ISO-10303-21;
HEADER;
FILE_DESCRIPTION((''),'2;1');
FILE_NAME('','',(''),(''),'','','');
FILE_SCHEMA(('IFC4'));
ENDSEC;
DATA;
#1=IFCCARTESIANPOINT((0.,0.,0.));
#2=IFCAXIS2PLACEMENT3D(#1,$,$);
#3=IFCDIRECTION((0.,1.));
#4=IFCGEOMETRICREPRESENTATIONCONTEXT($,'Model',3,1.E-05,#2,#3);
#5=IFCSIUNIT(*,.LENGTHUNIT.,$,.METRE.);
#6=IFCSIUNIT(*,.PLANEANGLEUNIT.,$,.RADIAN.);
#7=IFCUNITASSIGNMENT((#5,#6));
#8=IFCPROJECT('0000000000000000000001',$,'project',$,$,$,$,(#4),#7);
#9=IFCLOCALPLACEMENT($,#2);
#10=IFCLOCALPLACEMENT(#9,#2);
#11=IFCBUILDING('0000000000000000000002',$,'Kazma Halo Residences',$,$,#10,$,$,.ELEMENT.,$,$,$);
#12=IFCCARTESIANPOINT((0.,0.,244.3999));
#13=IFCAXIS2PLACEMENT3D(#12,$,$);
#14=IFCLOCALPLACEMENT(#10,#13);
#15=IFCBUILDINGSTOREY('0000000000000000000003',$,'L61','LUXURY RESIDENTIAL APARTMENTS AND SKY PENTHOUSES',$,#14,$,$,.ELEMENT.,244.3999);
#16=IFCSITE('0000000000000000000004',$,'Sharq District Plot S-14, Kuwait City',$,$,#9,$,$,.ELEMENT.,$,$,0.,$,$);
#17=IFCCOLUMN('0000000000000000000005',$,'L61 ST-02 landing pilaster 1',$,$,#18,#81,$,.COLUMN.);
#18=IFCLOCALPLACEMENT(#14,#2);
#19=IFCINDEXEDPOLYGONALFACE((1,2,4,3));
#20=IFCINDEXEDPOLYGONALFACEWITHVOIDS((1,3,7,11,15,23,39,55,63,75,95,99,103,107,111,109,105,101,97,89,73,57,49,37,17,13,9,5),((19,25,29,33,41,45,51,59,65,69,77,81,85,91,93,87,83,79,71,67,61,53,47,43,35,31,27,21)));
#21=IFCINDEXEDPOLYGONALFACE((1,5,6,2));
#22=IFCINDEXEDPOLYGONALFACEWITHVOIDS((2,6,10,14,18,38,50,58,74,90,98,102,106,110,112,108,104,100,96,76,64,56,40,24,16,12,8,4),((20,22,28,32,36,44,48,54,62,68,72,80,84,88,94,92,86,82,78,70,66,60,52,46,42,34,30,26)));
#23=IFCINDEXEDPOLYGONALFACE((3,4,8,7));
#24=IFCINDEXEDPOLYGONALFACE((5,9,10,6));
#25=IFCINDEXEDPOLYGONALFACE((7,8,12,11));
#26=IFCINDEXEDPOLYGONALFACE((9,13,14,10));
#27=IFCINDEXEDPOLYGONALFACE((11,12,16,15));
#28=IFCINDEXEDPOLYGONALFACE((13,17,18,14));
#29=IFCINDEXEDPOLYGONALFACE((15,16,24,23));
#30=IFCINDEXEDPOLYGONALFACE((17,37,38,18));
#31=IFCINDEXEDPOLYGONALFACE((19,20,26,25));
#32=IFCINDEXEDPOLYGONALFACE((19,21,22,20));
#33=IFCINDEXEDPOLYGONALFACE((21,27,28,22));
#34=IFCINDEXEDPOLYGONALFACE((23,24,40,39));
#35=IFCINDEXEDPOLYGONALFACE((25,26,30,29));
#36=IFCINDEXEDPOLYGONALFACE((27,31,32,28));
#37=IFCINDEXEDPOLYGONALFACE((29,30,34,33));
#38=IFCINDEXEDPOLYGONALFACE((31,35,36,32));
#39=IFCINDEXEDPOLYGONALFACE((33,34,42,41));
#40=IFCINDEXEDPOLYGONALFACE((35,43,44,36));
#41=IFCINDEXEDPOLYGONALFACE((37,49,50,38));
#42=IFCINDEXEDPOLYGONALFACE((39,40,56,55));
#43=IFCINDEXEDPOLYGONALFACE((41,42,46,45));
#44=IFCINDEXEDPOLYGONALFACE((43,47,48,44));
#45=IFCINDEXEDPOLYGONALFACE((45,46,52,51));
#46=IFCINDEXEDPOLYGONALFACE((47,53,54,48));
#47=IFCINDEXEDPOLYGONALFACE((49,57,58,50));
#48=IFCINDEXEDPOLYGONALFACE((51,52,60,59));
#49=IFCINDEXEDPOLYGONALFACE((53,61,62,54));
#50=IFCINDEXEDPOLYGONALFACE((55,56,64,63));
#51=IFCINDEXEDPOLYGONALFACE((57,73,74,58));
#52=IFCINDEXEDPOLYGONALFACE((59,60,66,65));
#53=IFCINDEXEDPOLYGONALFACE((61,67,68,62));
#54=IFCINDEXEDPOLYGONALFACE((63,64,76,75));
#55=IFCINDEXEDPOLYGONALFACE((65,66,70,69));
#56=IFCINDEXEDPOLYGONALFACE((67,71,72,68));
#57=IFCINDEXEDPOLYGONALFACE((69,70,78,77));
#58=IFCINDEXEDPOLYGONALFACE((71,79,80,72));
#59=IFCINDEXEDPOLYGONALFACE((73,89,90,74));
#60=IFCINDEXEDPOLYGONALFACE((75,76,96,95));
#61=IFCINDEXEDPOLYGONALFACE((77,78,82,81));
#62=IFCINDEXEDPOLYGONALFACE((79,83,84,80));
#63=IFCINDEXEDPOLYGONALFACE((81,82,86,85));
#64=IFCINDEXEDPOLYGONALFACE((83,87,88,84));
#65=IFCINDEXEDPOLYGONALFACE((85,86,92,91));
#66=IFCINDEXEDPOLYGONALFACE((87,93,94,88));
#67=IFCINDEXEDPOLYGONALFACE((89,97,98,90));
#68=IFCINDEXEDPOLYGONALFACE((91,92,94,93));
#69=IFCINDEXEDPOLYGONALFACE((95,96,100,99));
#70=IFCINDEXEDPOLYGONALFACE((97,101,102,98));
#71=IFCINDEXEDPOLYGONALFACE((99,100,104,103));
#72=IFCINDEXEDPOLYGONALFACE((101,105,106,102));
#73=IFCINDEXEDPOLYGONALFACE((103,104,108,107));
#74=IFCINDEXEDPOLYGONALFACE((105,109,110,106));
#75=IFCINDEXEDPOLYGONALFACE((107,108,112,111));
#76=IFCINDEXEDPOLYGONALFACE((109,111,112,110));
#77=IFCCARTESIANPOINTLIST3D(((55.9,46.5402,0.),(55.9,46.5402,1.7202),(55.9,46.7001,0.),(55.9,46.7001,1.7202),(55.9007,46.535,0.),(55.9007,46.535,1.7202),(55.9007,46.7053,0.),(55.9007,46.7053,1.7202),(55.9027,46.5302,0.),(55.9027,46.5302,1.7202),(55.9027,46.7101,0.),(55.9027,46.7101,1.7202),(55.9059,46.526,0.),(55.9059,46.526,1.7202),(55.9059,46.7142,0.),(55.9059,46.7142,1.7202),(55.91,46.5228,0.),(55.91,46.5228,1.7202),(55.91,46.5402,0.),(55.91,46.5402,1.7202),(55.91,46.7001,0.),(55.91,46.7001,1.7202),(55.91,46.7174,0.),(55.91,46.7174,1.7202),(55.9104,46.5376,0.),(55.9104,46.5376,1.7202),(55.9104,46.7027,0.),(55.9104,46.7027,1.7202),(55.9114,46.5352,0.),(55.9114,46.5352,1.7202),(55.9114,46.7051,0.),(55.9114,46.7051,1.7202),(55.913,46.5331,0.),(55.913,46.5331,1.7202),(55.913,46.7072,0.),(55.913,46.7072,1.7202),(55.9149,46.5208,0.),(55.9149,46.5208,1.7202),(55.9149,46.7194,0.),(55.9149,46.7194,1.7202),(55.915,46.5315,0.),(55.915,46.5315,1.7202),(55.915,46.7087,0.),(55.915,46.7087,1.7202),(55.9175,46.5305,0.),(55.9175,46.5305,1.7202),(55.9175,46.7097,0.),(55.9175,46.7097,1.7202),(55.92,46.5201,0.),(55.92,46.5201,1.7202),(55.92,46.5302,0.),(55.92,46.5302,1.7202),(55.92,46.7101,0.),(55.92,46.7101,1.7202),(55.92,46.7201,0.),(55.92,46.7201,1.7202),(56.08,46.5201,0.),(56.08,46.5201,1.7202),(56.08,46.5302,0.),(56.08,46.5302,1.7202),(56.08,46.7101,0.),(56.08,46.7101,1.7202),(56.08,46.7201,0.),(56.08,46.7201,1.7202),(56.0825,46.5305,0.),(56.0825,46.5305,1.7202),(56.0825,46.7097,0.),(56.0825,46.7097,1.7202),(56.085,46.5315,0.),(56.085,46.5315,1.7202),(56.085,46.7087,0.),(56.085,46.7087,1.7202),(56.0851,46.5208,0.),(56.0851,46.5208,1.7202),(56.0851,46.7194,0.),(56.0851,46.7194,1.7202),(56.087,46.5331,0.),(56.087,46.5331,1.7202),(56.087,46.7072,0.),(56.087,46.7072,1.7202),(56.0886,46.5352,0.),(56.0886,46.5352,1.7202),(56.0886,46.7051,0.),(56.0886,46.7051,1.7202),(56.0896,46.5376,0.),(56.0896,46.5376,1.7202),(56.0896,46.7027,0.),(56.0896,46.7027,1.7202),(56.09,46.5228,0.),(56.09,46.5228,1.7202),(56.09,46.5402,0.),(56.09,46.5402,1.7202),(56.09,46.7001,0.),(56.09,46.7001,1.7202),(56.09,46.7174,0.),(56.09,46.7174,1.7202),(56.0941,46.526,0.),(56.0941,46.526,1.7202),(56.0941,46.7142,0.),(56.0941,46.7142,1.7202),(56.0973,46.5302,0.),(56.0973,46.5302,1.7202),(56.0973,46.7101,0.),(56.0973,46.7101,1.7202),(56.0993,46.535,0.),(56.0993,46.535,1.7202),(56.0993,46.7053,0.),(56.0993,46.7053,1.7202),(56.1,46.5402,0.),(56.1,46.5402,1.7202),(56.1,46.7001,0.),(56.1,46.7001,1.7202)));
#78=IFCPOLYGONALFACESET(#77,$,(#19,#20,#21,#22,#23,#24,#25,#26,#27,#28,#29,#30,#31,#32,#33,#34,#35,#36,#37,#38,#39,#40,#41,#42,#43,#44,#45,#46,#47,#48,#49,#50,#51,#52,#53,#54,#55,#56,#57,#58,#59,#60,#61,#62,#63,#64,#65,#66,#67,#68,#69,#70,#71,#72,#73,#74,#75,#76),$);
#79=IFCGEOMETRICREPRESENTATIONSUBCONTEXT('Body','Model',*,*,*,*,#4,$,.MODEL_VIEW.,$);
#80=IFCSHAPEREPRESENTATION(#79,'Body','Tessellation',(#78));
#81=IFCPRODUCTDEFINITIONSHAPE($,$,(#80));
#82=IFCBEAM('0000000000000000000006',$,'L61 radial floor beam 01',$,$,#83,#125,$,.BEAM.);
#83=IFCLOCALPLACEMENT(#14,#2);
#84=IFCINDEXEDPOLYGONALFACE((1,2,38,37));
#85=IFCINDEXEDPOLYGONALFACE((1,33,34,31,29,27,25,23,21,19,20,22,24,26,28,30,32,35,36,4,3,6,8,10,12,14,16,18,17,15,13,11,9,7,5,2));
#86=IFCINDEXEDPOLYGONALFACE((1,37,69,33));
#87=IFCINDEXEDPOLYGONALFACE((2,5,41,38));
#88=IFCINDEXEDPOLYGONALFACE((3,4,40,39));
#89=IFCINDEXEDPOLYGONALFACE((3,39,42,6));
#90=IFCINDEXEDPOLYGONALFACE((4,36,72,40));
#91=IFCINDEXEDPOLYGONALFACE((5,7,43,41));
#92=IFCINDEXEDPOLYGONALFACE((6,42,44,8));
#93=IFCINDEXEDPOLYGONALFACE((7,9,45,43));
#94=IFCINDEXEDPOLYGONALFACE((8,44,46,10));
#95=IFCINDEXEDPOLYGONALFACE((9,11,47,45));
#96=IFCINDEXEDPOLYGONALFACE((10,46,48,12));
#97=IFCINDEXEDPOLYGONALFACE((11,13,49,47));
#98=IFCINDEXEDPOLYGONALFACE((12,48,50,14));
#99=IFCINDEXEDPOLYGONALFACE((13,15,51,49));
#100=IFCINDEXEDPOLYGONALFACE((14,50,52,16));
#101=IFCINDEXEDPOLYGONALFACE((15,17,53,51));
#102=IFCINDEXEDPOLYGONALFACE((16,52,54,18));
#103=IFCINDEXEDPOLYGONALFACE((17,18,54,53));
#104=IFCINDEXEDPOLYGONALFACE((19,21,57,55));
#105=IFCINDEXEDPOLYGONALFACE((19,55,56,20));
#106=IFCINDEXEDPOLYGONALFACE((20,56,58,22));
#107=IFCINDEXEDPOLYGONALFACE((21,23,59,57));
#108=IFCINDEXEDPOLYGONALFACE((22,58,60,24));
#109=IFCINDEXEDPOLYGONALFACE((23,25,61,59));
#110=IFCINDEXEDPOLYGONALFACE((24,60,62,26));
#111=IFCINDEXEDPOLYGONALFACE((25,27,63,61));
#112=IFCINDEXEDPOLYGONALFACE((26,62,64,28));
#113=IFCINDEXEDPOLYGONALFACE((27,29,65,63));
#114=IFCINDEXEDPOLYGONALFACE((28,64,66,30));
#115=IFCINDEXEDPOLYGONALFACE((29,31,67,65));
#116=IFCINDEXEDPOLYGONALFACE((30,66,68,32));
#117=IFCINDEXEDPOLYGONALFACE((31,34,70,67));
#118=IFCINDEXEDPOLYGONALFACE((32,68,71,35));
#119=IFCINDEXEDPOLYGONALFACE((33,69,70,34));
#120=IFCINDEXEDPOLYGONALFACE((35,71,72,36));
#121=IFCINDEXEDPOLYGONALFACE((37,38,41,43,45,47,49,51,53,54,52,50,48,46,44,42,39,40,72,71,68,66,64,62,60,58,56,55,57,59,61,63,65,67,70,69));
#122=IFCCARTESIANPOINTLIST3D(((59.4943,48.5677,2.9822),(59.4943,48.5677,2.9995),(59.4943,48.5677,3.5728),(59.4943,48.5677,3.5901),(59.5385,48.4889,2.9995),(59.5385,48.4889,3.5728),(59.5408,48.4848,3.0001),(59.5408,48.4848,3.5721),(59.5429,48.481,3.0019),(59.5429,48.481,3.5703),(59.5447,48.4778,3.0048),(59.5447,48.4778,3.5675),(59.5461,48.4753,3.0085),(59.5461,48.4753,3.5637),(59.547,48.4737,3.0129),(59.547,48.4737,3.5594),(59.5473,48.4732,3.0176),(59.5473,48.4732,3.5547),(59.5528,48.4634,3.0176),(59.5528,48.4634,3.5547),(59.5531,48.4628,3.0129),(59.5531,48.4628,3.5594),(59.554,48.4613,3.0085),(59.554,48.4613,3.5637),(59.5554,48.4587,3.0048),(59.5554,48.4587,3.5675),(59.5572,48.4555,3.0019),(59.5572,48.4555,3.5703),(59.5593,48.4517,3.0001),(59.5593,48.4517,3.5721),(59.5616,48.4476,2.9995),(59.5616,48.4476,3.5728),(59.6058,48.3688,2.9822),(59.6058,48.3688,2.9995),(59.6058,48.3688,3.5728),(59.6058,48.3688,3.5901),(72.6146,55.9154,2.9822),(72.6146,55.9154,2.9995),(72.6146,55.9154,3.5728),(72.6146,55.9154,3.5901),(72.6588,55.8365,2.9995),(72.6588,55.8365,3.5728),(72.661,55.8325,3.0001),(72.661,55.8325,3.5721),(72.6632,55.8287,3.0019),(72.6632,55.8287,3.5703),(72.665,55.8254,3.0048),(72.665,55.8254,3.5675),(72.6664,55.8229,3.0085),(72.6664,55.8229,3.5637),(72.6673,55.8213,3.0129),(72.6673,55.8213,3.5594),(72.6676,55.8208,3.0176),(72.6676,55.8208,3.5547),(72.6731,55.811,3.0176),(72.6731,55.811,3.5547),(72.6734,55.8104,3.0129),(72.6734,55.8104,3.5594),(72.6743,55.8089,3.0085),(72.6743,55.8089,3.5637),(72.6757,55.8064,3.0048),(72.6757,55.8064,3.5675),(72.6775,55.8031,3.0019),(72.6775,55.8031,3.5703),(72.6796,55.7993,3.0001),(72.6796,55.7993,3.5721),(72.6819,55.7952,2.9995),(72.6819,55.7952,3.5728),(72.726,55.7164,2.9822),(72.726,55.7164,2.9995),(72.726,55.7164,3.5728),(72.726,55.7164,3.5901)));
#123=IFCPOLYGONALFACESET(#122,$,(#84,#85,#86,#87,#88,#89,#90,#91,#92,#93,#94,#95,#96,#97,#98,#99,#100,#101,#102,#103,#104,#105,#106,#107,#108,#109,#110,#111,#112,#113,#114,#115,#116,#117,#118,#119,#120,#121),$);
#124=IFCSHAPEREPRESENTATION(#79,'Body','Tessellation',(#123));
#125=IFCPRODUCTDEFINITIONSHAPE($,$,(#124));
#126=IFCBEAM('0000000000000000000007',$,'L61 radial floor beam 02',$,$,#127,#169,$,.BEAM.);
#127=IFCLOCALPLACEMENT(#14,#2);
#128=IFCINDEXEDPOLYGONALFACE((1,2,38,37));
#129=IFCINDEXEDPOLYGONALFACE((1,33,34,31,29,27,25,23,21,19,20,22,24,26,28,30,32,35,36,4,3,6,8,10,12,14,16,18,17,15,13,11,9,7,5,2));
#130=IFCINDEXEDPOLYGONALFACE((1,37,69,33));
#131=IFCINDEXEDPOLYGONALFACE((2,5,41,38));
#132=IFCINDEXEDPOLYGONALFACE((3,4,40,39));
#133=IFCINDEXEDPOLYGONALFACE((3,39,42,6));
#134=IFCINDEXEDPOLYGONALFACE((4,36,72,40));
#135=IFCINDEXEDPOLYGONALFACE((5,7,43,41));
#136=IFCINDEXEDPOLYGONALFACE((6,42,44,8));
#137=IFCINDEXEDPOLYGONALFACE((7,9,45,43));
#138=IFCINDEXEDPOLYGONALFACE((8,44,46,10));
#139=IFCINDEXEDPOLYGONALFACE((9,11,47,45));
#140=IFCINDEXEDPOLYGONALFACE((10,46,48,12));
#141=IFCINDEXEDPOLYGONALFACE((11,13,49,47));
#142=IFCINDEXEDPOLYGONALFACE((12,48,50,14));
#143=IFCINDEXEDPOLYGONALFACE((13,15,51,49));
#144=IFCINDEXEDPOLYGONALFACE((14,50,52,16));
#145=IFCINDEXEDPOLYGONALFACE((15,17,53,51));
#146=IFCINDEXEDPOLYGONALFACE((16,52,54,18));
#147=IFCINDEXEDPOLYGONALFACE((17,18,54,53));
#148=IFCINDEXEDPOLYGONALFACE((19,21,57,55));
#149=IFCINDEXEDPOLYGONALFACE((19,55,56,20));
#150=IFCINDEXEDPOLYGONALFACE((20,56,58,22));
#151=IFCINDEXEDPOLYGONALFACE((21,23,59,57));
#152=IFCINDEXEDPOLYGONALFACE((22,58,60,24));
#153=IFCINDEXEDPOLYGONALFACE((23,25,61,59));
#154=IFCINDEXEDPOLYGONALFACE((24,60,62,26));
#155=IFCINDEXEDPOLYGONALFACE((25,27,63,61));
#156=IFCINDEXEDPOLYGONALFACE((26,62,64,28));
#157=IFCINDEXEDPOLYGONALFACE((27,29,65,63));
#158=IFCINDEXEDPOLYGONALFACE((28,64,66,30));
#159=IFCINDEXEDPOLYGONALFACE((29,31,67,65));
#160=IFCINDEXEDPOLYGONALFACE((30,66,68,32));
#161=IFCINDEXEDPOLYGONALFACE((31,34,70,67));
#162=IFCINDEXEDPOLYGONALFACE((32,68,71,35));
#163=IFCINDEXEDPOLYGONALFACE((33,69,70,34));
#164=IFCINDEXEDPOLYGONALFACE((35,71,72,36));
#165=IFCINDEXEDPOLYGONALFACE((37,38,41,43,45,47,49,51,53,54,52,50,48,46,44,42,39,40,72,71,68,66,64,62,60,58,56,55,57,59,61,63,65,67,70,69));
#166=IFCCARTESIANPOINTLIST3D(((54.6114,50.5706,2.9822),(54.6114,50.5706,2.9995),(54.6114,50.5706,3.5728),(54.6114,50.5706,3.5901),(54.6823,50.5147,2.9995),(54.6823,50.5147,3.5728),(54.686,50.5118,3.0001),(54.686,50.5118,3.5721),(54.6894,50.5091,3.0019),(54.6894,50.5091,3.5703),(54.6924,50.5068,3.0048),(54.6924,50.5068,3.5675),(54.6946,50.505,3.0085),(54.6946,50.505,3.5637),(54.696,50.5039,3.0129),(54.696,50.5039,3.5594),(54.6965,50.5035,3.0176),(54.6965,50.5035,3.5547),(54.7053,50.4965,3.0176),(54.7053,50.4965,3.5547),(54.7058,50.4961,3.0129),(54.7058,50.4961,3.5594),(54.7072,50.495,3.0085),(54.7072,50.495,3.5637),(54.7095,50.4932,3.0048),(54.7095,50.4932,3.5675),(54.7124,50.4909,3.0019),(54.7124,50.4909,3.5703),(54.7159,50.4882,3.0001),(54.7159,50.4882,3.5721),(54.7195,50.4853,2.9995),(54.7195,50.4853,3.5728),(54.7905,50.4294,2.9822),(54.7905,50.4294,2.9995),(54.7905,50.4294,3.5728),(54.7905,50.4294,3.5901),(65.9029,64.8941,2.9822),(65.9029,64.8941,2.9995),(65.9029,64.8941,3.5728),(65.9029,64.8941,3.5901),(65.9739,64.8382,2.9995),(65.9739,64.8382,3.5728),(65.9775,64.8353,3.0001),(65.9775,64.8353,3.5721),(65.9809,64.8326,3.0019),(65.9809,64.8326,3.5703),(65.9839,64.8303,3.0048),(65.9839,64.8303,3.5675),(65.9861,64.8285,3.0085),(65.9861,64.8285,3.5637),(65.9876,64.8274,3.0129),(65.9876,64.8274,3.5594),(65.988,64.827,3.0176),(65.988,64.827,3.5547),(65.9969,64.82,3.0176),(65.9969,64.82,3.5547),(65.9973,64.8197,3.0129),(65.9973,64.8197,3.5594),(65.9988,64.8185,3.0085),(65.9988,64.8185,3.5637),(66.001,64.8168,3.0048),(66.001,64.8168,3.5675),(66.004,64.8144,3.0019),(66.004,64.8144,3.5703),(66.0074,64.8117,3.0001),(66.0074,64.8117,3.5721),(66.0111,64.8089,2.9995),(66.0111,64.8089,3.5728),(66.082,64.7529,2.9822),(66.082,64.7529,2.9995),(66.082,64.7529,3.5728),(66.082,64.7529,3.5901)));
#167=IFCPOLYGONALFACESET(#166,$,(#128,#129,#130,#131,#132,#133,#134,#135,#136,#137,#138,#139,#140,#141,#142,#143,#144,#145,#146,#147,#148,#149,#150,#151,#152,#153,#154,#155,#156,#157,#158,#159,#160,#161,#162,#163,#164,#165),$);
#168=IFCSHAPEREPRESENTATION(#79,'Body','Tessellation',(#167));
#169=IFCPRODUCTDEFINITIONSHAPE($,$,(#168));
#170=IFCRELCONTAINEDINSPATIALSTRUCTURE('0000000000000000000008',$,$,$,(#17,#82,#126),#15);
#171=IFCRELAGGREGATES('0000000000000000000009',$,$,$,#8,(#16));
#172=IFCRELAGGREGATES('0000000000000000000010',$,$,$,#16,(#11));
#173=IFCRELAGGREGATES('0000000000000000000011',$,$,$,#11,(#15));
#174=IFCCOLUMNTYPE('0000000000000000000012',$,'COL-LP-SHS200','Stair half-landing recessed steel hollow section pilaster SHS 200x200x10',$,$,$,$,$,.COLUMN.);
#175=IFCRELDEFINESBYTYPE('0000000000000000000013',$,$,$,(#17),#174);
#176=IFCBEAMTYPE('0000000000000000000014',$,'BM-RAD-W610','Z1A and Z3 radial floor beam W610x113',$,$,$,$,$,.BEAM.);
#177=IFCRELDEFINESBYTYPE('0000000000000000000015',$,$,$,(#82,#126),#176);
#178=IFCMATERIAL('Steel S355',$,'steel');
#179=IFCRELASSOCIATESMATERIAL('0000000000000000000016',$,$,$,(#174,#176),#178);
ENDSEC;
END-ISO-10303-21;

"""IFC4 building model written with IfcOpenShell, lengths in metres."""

from ifc_helpers import new_model, si_unit, direction, frame, origin, origin_2d, place, context, subcontext, project, spatial, hollow_rectangle, i_section, extrude, material, material_profile, profile_set, type_object, element, save


model = new_model("IFC4")

# Units and contexts
model_context = context("Model", 3, precision=1e-05, world=origin(), true_north=direction((0.0, 1.0)))
body_context = subcontext(model_context, "Body", "Model", "MODEL_VIEW")
ifc_project = project(units=[si_unit("LENGTHUNIT", "METRE"), si_unit("PLANEANGLEUNIT", "RADIAN")], contexts=[model_context])

# Site, building, storey
site_placement = place(None, origin())
site = spatial("IfcSite", under=ifc_project, at=site_placement, Name="Sharq District Plot S-14, Kuwait City", CompositionType="ELEMENT", RefElevation=0.0)
building_placement = place(site_placement, origin())
building = spatial("IfcBuilding", under=site, at=building_placement, Name="Kazma Halo Residences", CompositionType="ELEMENT")
storey_placement = place(building_placement, frame((0.0, 0.0, 244.3999)))
storey = spatial("IfcBuildingStorey", under=building, at=storey_placement, Name="L61", Description="LUXURY RESIDENTIAL APARTMENTS AND SKY PENTHOUSES", CompositionType="ELEMENT", Elevation=244.3999)

# Column
ifc_material_1 = material(Name="Steel S355", Category="steel")
ifc_material_profile_1 = material_profile(ifc_material_1, hollow_rectangle(XDim=0.2, YDim=0.2, WallThickness=0.01, InnerFilletRadius=0.01, OuterFilletRadius=0.02, at=origin_2d()), Name="SHS200x200x10")
ifc_profile_set_1 = profile_set([ifc_material_profile_1], Name="Steel S355")
column_type = type_object("IfcColumnType", Name="COL-LP-SHS200", Description="Stair half-landing recessed steel hollow section pilaster SHS 200x200x10", PredefinedType="COLUMN", material=ifc_profile_set_1)
column_placement = place(storey_placement, frame((56.0, 46.6201, 0.0), z_axis=(0.0, 0.0, 1.0), x_axis=(1.0, 0.0, 0.0)))
element("IfcColumn", 1, at=column_placement, inside=storey, type_object=column_type, Name="L61 ST-02 landing pilaster 1", PredefinedType="COLUMN", context=body_context, shape_type="SweptSolid", body=[
    extrude(hollow_rectangle(XDim=0.2, YDim=0.2, WallThickness=0.01, InnerFilletRadius=0.01, OuterFilletRadius=0.02, at=origin_2d()), origin(), (0.0, 0.0, 1.0), 1.7202),
])

# Beams
ifc_material_profile_2 = material_profile(ifc_material_1, i_section(OverallWidth=0.228, OverallDepth=0.6079, WebThickness=0.0112, FlangeThickness=0.0173, FilletRadius=0.0181, at=origin_2d()), Name="W610x113")
ifc_profile_set_2 = profile_set([ifc_material_profile_2], Name="Steel S355")
beam_type_1 = type_object("IfcBeamType", Name="BM-RAD-W610", Description="Z1A and Z3 radial floor beam W610x113", PredefinedType="BEAM", material=ifc_profile_set_2)
beam_1_placement = place(storey_placement, frame((59.55, 48.4683, 3.2861), z_axis=(0.872499, 0.488616, 0.0), x_axis=(-0.488616, 0.872499, 0.0)))
element("IfcBeam", 2, at=beam_1_placement, inside=storey, type_object=beam_type_1, Name="L61 radial floor beam 01", PredefinedType="BEAM", context=body_context, shape_type="SweptSolid", body=[
    extrude(i_section(OverallWidth=0.228, OverallDepth=0.6079, WebThickness=0.0112, FlangeThickness=0.0173, FilletRadius=0.0181, at=origin_2d()), origin(), (0.0, 0.0, 1.0), 15.0376),
])
beam_2_placement = place(storey_placement, frame((54.7009, 50.5, 3.2861), z_axis=(0.619086, 0.785323, 0.0), x_axis=(-0.785323, 0.619086, 0.0)))
element("IfcBeam", 3, at=beam_2_placement, inside=storey, type_object=beam_type_1, Name="L61 radial floor beam 02", PredefinedType="BEAM", context=body_context, shape_type="SweptSolid", body=[
    extrude(i_section(OverallWidth=0.228, OverallDepth=0.6079, WebThickness=0.0112, FlangeThickness=0.0173, FilletRadius=0.0181, at=origin_2d()), origin(), (0.0, 0.0, 1.0), 18.239),
])

save(model, "model.ifc")
